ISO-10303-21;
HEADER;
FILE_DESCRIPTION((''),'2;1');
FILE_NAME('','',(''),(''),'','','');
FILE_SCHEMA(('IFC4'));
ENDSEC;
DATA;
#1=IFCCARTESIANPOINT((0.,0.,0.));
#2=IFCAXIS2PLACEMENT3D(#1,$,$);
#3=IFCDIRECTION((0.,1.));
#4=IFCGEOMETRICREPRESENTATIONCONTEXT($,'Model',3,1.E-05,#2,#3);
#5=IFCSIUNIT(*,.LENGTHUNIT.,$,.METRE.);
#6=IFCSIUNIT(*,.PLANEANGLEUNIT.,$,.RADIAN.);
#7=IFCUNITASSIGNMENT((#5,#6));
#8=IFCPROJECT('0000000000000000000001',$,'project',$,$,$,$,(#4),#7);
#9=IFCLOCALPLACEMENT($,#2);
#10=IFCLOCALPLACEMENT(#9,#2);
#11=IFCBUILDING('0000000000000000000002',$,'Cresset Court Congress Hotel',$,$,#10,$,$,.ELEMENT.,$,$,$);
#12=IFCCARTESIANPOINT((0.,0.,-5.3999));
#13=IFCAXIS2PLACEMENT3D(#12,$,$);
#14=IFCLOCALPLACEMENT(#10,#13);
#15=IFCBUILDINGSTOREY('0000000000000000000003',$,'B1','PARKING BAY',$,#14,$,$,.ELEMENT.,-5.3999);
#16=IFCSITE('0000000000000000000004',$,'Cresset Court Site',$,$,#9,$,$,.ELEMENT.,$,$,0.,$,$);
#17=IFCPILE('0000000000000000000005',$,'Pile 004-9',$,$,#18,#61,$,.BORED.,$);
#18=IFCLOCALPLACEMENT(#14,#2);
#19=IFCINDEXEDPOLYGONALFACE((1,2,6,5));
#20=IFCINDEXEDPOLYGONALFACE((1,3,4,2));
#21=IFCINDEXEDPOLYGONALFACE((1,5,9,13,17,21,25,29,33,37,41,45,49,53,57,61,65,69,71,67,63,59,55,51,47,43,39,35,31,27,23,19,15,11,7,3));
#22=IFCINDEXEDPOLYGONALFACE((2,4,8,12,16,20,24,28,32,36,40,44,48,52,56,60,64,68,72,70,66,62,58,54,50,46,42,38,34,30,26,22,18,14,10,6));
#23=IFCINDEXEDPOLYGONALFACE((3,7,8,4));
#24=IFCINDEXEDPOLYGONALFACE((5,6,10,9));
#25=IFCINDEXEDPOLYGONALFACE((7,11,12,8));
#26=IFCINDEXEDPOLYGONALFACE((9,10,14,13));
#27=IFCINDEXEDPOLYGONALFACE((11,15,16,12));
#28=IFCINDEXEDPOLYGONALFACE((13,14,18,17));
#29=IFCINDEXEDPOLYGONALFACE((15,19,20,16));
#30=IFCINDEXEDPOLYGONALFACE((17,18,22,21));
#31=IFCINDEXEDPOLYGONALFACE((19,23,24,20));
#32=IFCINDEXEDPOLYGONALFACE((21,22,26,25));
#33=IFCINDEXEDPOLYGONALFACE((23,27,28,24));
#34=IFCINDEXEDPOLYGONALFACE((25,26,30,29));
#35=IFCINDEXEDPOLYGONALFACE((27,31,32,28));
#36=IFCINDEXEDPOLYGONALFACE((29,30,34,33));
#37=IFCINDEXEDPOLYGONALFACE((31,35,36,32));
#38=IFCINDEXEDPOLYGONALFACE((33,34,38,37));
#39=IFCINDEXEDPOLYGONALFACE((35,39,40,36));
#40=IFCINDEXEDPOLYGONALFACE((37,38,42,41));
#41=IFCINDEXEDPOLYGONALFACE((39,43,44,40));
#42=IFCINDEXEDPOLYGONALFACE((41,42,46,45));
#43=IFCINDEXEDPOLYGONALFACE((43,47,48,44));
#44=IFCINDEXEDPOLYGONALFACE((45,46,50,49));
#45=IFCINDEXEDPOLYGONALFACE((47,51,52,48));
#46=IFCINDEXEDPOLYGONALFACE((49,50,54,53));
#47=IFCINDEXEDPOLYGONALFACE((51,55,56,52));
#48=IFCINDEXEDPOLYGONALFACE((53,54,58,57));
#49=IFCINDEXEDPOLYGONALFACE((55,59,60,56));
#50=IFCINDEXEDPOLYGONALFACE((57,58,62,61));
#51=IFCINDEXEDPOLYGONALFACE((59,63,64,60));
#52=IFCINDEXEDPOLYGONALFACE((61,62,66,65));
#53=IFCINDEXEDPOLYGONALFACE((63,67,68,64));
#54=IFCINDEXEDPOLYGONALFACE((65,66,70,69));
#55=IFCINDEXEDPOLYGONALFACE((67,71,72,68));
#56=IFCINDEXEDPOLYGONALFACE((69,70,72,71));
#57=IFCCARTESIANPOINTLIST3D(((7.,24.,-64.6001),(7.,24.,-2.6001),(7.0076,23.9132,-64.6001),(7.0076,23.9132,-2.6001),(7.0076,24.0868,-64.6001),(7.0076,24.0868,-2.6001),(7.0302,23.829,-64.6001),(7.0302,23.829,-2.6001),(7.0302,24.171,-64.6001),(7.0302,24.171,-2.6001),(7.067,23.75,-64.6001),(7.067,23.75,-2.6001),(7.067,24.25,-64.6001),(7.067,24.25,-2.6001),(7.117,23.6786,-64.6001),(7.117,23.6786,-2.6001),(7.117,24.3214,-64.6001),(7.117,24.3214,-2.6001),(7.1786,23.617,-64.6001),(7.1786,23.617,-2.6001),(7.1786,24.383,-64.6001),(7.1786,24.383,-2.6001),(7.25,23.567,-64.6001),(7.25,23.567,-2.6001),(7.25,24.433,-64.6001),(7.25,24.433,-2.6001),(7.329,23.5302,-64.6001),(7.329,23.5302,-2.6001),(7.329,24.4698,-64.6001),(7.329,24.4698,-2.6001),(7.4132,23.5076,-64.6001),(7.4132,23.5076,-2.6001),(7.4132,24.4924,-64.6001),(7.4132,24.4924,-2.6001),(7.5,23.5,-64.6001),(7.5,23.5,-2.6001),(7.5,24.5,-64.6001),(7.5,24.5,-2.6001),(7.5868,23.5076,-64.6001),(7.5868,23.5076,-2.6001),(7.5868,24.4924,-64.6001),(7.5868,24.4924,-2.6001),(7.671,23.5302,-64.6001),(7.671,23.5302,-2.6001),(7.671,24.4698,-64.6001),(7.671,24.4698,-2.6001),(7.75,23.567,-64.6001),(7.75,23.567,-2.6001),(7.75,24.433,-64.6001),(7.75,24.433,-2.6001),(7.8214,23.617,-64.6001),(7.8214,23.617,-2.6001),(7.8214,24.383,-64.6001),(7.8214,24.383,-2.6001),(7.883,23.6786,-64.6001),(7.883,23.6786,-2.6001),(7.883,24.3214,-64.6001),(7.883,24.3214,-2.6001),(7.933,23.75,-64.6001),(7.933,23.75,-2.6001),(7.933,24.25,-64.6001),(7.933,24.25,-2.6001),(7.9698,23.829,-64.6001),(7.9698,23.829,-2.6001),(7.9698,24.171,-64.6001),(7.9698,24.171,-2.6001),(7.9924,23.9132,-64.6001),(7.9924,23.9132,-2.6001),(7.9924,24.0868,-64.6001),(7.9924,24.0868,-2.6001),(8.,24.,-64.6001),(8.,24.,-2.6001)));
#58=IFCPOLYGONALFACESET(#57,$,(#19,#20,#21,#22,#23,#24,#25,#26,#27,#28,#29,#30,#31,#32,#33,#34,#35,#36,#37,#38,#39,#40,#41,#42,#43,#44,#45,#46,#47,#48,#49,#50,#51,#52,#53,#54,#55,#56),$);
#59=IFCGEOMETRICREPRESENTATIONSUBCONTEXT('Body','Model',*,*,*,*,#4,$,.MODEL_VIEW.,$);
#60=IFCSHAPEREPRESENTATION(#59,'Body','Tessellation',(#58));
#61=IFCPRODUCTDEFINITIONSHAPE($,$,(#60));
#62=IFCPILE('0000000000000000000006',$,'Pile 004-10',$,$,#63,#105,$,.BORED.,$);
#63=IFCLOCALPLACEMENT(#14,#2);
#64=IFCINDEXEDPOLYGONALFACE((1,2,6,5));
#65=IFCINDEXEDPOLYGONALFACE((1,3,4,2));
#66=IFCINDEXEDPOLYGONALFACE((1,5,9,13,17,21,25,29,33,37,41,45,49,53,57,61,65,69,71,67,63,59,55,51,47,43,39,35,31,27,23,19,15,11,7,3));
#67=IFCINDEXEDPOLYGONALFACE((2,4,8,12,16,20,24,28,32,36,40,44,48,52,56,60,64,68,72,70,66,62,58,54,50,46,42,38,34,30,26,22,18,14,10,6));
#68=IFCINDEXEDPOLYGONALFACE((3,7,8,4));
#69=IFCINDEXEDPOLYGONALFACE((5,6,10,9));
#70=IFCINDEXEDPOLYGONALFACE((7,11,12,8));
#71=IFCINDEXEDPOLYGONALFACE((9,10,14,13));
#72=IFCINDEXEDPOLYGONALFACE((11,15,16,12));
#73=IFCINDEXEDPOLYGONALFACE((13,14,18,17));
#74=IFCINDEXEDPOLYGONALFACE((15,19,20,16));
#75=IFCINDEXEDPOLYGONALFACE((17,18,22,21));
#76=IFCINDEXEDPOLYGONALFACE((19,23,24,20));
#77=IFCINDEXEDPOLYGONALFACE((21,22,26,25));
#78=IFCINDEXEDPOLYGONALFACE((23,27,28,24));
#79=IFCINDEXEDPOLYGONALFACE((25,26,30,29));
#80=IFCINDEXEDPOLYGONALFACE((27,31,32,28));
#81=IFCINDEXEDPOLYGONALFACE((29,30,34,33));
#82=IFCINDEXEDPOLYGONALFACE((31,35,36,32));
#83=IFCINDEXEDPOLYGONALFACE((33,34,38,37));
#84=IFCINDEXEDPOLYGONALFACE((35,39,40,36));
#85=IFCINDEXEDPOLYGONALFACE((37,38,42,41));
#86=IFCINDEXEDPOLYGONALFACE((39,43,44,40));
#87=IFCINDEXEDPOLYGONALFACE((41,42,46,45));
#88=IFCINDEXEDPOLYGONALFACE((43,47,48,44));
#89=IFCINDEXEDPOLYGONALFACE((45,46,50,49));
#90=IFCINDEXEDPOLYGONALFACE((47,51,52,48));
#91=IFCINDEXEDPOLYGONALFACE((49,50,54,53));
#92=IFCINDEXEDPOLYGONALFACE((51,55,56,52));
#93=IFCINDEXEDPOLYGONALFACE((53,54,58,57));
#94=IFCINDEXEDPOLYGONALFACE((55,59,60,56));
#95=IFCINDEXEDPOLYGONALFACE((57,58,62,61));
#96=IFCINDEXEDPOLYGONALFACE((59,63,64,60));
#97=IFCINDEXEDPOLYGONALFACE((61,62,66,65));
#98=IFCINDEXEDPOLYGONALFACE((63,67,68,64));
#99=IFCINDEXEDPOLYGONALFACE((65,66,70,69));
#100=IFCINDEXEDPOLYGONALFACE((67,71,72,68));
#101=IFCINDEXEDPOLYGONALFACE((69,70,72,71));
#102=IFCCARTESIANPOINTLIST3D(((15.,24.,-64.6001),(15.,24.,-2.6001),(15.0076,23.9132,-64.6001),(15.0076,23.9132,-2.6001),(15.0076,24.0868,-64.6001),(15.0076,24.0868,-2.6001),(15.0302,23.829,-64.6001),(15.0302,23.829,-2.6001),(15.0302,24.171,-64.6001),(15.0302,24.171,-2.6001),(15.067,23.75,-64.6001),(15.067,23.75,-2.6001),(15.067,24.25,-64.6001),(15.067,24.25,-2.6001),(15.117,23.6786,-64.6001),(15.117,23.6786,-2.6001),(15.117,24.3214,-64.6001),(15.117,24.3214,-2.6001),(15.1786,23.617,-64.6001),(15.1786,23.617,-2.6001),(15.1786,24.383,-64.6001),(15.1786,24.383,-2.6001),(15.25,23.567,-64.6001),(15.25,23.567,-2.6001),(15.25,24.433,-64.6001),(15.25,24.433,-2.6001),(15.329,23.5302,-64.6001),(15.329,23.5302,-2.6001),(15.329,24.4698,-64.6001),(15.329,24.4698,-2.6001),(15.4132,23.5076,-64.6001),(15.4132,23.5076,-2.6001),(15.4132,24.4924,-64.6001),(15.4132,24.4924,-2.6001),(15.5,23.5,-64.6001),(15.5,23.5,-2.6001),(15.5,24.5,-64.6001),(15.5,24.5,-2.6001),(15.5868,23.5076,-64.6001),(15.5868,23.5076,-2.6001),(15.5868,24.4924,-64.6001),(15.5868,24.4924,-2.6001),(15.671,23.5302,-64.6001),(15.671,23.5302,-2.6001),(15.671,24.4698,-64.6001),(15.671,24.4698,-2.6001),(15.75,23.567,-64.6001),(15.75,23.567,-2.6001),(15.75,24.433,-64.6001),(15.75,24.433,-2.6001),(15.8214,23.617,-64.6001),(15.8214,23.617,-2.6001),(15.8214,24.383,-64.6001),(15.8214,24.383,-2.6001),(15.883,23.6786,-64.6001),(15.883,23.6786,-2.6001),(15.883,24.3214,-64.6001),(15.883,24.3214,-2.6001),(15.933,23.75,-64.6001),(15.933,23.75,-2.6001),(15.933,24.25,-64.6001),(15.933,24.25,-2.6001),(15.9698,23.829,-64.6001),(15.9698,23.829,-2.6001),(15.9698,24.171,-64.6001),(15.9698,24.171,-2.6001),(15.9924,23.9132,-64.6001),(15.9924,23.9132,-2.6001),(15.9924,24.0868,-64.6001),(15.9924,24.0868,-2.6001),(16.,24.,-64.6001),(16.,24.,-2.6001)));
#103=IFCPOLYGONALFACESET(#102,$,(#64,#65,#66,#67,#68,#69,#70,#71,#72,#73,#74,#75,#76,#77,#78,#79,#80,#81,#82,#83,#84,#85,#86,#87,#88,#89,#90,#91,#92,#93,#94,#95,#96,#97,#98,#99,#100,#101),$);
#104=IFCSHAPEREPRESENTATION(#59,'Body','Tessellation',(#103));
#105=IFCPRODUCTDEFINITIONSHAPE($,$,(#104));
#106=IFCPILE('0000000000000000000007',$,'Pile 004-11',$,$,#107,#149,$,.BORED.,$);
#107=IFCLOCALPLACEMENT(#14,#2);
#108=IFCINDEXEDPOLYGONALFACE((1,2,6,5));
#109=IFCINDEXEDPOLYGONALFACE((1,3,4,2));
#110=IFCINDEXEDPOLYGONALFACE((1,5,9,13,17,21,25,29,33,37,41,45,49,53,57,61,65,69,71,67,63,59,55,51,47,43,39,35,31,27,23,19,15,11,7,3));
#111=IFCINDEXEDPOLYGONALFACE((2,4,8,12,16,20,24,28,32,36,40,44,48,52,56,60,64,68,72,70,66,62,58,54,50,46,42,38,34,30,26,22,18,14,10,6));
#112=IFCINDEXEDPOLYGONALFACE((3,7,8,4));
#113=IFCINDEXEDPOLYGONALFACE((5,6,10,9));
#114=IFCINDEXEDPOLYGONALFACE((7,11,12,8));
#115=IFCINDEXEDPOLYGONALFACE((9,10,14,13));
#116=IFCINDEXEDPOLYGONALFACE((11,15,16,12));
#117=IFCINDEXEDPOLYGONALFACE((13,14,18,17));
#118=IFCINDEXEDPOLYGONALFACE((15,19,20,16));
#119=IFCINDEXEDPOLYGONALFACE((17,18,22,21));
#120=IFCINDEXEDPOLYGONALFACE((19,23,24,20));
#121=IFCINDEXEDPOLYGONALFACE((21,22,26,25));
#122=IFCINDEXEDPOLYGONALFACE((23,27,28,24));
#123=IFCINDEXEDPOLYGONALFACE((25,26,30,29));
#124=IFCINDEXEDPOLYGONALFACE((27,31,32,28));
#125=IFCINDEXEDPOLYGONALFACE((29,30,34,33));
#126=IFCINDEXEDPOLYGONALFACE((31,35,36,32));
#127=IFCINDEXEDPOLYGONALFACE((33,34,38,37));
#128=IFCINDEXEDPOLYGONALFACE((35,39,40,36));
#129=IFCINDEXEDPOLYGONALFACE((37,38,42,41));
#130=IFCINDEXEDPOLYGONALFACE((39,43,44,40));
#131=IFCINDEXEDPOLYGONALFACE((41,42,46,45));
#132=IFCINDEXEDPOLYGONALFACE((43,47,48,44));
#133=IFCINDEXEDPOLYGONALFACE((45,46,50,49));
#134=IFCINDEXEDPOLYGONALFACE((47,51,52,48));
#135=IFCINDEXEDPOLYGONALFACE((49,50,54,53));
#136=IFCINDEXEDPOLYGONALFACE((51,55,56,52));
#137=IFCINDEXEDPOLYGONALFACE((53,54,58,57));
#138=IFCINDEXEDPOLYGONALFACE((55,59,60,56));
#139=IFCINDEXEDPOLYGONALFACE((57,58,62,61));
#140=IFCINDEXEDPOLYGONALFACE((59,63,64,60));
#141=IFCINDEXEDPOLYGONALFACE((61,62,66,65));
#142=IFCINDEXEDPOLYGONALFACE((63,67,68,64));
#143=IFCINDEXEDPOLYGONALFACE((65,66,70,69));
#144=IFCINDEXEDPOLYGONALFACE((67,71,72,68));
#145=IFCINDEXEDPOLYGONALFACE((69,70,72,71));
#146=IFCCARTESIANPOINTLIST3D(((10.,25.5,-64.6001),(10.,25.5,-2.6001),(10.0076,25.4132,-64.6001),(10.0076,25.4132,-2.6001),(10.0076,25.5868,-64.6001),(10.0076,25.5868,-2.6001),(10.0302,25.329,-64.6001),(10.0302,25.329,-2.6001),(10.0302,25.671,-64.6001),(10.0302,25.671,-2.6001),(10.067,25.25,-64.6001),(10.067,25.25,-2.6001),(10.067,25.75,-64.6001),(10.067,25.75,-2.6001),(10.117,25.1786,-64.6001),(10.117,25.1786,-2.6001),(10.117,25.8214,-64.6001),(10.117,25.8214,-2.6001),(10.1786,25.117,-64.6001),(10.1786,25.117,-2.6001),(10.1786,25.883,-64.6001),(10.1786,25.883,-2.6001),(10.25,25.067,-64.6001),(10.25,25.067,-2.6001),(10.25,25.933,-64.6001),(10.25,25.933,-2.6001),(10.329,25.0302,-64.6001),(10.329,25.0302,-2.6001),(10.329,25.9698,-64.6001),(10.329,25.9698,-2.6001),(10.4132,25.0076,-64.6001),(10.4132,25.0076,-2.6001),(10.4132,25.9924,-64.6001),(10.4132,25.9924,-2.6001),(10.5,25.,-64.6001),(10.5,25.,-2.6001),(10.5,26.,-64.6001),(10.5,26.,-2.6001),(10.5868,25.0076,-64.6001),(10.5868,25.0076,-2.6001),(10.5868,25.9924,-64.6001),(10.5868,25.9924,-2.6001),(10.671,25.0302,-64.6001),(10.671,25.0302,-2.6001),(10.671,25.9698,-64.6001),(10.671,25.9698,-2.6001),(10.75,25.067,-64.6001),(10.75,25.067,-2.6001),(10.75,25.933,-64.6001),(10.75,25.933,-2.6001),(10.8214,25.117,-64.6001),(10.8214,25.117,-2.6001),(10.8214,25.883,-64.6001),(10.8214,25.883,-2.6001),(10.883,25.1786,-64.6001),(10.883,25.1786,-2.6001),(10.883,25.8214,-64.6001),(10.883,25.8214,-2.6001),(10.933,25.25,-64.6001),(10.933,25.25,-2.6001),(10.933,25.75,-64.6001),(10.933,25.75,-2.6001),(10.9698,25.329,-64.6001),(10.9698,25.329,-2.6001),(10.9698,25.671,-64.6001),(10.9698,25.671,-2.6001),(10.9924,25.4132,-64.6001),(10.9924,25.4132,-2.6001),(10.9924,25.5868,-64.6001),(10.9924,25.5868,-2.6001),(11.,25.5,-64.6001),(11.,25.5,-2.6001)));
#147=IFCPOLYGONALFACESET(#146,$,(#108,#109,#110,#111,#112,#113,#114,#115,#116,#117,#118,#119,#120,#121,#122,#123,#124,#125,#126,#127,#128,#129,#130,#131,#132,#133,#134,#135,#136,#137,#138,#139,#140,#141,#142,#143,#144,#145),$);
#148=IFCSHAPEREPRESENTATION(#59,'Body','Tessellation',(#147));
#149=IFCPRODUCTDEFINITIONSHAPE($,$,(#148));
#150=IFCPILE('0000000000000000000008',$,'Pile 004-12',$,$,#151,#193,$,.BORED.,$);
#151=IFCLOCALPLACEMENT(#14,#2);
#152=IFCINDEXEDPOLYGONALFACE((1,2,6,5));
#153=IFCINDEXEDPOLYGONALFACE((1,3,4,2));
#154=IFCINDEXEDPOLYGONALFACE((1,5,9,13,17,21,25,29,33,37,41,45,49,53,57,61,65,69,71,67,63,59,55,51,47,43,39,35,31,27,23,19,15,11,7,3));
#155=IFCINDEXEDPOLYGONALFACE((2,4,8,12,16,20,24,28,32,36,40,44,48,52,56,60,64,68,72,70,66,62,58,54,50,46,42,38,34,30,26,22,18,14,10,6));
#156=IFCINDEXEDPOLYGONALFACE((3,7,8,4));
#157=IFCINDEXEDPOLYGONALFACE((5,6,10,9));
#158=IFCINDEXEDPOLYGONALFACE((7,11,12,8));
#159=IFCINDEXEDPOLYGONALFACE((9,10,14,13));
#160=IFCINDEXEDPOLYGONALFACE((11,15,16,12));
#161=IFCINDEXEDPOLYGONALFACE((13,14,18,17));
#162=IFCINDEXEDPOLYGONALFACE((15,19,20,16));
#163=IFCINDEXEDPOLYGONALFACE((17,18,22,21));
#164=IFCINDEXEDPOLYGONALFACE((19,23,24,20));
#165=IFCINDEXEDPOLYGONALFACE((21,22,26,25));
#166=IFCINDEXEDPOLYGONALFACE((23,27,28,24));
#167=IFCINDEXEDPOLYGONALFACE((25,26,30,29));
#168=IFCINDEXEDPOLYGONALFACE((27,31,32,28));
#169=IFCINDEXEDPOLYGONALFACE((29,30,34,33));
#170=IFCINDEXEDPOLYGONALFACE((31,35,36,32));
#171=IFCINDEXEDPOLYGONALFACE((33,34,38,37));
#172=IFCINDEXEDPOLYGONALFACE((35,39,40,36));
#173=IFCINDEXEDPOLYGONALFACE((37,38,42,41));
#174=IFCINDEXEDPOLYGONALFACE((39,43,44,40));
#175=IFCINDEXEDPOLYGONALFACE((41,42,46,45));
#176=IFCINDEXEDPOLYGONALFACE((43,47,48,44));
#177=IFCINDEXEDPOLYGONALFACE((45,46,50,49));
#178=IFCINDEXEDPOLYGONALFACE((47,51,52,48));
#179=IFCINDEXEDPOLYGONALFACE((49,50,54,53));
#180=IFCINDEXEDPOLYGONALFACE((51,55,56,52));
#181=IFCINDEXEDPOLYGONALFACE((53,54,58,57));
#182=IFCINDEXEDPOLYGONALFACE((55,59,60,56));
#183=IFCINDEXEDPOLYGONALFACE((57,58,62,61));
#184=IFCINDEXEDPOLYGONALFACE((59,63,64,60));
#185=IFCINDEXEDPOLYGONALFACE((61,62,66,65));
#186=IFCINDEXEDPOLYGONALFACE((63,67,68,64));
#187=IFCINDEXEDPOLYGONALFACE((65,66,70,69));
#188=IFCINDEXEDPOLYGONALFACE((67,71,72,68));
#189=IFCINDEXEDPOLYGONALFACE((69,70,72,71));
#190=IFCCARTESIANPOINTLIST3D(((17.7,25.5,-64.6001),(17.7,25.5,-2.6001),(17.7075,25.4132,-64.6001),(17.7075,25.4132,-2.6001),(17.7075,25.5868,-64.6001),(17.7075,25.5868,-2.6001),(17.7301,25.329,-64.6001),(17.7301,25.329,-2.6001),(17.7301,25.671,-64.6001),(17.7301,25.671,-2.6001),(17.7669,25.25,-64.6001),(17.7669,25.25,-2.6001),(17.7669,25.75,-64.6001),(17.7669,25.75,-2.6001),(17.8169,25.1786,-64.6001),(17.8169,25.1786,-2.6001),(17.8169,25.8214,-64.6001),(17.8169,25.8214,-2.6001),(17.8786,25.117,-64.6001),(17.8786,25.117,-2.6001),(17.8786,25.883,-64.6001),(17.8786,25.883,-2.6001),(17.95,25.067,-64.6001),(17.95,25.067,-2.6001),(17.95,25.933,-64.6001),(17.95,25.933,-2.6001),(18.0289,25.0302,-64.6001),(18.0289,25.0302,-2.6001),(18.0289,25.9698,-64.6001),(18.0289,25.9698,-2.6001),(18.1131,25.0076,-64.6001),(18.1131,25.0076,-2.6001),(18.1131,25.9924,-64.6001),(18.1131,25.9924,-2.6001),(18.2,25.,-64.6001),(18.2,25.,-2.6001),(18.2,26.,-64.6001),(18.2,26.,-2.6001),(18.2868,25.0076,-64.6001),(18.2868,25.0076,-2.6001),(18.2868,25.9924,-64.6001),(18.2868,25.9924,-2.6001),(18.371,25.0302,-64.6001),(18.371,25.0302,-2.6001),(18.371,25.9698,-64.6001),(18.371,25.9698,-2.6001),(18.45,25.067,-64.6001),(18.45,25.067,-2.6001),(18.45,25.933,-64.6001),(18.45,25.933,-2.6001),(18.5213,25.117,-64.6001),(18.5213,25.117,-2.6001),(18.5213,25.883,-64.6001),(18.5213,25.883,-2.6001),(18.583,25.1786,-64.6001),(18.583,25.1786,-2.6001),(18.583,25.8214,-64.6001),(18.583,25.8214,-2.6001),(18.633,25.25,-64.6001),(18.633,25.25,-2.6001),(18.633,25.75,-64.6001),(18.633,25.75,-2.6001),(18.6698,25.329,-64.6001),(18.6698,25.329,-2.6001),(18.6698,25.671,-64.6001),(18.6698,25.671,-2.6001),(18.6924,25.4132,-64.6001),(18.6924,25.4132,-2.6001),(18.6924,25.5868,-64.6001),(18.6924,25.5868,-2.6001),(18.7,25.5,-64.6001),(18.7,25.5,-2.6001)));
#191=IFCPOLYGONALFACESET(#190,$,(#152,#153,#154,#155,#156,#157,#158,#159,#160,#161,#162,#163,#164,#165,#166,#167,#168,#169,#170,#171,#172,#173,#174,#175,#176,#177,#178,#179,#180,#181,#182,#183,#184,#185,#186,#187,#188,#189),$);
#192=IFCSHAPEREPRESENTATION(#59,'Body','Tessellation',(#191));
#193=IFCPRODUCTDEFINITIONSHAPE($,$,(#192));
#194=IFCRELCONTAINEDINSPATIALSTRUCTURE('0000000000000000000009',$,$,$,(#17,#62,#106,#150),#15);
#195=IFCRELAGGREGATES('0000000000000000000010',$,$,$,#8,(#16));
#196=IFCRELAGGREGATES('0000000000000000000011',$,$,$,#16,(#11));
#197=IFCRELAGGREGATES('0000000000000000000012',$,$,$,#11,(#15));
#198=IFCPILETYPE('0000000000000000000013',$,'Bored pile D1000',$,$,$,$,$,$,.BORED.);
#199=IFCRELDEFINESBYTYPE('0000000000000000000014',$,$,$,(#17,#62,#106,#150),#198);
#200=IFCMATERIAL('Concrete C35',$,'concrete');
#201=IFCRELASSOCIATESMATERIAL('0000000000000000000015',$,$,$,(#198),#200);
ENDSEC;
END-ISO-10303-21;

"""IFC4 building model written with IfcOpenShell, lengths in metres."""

from ifc_helpers import new_model, si_unit, direction, frame, origin, origin_2d, place, context, subcontext, project, spatial, circle, extrude, material, type_object, element, save


model = new_model("IFC4")

# Units and contexts
model_context = context("Model", 3, precision=1e-05, world=origin(), true_north=direction((0.0, 1.0)))
body_context = subcontext(model_context, "Body", "Model", "MODEL_VIEW")
ifc_project = project(units=[si_unit("LENGTHUNIT", "METRE"), si_unit("PLANEANGLEUNIT", "RADIAN")], contexts=[model_context])

# Site, building, storey
site_placement = place(None, origin())
site = spatial("IfcSite", under=ifc_project, at=site_placement, Name="Cresset Court Site", CompositionType="ELEMENT", RefElevation=0.0)
building_placement = place(site_placement, origin())
building = spatial("IfcBuilding", under=site, at=building_placement, Name="Cresset Court Congress Hotel", CompositionType="ELEMENT")
storey_placement = place(building_placement, frame((0.0, 0.0, -5.3999)))
storey = spatial("IfcBuildingStorey", under=building, at=storey_placement, Name="B1", Description="PARKING BAY", CompositionType="ELEMENT", Elevation=-5.3999)

# Piles
ifc_material_1 = material(Name="Concrete C35", Category="concrete")
pile_type = type_object("IfcPileType", Name="Bored pile D1000", PredefinedType="BORED", material=ifc_material_1)
for number, where, z_axis, x_axis, name in (
    (1, (7.5, 24.0, -2.6001), (0.0, 0.0, -1.0), (1.0, 0.0, 0.0), "Pile 004-9"),
    (2, (15.5, 24.0, -2.6001), (0.0, 0.0, -1.0), (1.0, 0.0, 0.0), "Pile 004-10"),
    (3, (10.5, 25.5, -2.6001), (0.0, 0.0, -1.0), (1.0, 0.0, 0.0), "Pile 004-11"),
    (4, (18.2, 25.5, -2.6001), (0.0, 0.0, -1.0), (1.0, 0.0, 0.0), "Pile 004-12"),
):
    element("IfcPile", number, at=place(storey_placement, frame(where, z_axis=z_axis, x_axis=x_axis)), inside=storey, type_object=pile_type, Name=name, PredefinedType="BORED", context=body_context, shape_type="SweptSolid", body=[
        extrude(circle(Radius=0.5, at=origin_2d()), origin(), (0.0, 0.0, 1.0), 62.0),
    ])

save(model, "model.ifc")
